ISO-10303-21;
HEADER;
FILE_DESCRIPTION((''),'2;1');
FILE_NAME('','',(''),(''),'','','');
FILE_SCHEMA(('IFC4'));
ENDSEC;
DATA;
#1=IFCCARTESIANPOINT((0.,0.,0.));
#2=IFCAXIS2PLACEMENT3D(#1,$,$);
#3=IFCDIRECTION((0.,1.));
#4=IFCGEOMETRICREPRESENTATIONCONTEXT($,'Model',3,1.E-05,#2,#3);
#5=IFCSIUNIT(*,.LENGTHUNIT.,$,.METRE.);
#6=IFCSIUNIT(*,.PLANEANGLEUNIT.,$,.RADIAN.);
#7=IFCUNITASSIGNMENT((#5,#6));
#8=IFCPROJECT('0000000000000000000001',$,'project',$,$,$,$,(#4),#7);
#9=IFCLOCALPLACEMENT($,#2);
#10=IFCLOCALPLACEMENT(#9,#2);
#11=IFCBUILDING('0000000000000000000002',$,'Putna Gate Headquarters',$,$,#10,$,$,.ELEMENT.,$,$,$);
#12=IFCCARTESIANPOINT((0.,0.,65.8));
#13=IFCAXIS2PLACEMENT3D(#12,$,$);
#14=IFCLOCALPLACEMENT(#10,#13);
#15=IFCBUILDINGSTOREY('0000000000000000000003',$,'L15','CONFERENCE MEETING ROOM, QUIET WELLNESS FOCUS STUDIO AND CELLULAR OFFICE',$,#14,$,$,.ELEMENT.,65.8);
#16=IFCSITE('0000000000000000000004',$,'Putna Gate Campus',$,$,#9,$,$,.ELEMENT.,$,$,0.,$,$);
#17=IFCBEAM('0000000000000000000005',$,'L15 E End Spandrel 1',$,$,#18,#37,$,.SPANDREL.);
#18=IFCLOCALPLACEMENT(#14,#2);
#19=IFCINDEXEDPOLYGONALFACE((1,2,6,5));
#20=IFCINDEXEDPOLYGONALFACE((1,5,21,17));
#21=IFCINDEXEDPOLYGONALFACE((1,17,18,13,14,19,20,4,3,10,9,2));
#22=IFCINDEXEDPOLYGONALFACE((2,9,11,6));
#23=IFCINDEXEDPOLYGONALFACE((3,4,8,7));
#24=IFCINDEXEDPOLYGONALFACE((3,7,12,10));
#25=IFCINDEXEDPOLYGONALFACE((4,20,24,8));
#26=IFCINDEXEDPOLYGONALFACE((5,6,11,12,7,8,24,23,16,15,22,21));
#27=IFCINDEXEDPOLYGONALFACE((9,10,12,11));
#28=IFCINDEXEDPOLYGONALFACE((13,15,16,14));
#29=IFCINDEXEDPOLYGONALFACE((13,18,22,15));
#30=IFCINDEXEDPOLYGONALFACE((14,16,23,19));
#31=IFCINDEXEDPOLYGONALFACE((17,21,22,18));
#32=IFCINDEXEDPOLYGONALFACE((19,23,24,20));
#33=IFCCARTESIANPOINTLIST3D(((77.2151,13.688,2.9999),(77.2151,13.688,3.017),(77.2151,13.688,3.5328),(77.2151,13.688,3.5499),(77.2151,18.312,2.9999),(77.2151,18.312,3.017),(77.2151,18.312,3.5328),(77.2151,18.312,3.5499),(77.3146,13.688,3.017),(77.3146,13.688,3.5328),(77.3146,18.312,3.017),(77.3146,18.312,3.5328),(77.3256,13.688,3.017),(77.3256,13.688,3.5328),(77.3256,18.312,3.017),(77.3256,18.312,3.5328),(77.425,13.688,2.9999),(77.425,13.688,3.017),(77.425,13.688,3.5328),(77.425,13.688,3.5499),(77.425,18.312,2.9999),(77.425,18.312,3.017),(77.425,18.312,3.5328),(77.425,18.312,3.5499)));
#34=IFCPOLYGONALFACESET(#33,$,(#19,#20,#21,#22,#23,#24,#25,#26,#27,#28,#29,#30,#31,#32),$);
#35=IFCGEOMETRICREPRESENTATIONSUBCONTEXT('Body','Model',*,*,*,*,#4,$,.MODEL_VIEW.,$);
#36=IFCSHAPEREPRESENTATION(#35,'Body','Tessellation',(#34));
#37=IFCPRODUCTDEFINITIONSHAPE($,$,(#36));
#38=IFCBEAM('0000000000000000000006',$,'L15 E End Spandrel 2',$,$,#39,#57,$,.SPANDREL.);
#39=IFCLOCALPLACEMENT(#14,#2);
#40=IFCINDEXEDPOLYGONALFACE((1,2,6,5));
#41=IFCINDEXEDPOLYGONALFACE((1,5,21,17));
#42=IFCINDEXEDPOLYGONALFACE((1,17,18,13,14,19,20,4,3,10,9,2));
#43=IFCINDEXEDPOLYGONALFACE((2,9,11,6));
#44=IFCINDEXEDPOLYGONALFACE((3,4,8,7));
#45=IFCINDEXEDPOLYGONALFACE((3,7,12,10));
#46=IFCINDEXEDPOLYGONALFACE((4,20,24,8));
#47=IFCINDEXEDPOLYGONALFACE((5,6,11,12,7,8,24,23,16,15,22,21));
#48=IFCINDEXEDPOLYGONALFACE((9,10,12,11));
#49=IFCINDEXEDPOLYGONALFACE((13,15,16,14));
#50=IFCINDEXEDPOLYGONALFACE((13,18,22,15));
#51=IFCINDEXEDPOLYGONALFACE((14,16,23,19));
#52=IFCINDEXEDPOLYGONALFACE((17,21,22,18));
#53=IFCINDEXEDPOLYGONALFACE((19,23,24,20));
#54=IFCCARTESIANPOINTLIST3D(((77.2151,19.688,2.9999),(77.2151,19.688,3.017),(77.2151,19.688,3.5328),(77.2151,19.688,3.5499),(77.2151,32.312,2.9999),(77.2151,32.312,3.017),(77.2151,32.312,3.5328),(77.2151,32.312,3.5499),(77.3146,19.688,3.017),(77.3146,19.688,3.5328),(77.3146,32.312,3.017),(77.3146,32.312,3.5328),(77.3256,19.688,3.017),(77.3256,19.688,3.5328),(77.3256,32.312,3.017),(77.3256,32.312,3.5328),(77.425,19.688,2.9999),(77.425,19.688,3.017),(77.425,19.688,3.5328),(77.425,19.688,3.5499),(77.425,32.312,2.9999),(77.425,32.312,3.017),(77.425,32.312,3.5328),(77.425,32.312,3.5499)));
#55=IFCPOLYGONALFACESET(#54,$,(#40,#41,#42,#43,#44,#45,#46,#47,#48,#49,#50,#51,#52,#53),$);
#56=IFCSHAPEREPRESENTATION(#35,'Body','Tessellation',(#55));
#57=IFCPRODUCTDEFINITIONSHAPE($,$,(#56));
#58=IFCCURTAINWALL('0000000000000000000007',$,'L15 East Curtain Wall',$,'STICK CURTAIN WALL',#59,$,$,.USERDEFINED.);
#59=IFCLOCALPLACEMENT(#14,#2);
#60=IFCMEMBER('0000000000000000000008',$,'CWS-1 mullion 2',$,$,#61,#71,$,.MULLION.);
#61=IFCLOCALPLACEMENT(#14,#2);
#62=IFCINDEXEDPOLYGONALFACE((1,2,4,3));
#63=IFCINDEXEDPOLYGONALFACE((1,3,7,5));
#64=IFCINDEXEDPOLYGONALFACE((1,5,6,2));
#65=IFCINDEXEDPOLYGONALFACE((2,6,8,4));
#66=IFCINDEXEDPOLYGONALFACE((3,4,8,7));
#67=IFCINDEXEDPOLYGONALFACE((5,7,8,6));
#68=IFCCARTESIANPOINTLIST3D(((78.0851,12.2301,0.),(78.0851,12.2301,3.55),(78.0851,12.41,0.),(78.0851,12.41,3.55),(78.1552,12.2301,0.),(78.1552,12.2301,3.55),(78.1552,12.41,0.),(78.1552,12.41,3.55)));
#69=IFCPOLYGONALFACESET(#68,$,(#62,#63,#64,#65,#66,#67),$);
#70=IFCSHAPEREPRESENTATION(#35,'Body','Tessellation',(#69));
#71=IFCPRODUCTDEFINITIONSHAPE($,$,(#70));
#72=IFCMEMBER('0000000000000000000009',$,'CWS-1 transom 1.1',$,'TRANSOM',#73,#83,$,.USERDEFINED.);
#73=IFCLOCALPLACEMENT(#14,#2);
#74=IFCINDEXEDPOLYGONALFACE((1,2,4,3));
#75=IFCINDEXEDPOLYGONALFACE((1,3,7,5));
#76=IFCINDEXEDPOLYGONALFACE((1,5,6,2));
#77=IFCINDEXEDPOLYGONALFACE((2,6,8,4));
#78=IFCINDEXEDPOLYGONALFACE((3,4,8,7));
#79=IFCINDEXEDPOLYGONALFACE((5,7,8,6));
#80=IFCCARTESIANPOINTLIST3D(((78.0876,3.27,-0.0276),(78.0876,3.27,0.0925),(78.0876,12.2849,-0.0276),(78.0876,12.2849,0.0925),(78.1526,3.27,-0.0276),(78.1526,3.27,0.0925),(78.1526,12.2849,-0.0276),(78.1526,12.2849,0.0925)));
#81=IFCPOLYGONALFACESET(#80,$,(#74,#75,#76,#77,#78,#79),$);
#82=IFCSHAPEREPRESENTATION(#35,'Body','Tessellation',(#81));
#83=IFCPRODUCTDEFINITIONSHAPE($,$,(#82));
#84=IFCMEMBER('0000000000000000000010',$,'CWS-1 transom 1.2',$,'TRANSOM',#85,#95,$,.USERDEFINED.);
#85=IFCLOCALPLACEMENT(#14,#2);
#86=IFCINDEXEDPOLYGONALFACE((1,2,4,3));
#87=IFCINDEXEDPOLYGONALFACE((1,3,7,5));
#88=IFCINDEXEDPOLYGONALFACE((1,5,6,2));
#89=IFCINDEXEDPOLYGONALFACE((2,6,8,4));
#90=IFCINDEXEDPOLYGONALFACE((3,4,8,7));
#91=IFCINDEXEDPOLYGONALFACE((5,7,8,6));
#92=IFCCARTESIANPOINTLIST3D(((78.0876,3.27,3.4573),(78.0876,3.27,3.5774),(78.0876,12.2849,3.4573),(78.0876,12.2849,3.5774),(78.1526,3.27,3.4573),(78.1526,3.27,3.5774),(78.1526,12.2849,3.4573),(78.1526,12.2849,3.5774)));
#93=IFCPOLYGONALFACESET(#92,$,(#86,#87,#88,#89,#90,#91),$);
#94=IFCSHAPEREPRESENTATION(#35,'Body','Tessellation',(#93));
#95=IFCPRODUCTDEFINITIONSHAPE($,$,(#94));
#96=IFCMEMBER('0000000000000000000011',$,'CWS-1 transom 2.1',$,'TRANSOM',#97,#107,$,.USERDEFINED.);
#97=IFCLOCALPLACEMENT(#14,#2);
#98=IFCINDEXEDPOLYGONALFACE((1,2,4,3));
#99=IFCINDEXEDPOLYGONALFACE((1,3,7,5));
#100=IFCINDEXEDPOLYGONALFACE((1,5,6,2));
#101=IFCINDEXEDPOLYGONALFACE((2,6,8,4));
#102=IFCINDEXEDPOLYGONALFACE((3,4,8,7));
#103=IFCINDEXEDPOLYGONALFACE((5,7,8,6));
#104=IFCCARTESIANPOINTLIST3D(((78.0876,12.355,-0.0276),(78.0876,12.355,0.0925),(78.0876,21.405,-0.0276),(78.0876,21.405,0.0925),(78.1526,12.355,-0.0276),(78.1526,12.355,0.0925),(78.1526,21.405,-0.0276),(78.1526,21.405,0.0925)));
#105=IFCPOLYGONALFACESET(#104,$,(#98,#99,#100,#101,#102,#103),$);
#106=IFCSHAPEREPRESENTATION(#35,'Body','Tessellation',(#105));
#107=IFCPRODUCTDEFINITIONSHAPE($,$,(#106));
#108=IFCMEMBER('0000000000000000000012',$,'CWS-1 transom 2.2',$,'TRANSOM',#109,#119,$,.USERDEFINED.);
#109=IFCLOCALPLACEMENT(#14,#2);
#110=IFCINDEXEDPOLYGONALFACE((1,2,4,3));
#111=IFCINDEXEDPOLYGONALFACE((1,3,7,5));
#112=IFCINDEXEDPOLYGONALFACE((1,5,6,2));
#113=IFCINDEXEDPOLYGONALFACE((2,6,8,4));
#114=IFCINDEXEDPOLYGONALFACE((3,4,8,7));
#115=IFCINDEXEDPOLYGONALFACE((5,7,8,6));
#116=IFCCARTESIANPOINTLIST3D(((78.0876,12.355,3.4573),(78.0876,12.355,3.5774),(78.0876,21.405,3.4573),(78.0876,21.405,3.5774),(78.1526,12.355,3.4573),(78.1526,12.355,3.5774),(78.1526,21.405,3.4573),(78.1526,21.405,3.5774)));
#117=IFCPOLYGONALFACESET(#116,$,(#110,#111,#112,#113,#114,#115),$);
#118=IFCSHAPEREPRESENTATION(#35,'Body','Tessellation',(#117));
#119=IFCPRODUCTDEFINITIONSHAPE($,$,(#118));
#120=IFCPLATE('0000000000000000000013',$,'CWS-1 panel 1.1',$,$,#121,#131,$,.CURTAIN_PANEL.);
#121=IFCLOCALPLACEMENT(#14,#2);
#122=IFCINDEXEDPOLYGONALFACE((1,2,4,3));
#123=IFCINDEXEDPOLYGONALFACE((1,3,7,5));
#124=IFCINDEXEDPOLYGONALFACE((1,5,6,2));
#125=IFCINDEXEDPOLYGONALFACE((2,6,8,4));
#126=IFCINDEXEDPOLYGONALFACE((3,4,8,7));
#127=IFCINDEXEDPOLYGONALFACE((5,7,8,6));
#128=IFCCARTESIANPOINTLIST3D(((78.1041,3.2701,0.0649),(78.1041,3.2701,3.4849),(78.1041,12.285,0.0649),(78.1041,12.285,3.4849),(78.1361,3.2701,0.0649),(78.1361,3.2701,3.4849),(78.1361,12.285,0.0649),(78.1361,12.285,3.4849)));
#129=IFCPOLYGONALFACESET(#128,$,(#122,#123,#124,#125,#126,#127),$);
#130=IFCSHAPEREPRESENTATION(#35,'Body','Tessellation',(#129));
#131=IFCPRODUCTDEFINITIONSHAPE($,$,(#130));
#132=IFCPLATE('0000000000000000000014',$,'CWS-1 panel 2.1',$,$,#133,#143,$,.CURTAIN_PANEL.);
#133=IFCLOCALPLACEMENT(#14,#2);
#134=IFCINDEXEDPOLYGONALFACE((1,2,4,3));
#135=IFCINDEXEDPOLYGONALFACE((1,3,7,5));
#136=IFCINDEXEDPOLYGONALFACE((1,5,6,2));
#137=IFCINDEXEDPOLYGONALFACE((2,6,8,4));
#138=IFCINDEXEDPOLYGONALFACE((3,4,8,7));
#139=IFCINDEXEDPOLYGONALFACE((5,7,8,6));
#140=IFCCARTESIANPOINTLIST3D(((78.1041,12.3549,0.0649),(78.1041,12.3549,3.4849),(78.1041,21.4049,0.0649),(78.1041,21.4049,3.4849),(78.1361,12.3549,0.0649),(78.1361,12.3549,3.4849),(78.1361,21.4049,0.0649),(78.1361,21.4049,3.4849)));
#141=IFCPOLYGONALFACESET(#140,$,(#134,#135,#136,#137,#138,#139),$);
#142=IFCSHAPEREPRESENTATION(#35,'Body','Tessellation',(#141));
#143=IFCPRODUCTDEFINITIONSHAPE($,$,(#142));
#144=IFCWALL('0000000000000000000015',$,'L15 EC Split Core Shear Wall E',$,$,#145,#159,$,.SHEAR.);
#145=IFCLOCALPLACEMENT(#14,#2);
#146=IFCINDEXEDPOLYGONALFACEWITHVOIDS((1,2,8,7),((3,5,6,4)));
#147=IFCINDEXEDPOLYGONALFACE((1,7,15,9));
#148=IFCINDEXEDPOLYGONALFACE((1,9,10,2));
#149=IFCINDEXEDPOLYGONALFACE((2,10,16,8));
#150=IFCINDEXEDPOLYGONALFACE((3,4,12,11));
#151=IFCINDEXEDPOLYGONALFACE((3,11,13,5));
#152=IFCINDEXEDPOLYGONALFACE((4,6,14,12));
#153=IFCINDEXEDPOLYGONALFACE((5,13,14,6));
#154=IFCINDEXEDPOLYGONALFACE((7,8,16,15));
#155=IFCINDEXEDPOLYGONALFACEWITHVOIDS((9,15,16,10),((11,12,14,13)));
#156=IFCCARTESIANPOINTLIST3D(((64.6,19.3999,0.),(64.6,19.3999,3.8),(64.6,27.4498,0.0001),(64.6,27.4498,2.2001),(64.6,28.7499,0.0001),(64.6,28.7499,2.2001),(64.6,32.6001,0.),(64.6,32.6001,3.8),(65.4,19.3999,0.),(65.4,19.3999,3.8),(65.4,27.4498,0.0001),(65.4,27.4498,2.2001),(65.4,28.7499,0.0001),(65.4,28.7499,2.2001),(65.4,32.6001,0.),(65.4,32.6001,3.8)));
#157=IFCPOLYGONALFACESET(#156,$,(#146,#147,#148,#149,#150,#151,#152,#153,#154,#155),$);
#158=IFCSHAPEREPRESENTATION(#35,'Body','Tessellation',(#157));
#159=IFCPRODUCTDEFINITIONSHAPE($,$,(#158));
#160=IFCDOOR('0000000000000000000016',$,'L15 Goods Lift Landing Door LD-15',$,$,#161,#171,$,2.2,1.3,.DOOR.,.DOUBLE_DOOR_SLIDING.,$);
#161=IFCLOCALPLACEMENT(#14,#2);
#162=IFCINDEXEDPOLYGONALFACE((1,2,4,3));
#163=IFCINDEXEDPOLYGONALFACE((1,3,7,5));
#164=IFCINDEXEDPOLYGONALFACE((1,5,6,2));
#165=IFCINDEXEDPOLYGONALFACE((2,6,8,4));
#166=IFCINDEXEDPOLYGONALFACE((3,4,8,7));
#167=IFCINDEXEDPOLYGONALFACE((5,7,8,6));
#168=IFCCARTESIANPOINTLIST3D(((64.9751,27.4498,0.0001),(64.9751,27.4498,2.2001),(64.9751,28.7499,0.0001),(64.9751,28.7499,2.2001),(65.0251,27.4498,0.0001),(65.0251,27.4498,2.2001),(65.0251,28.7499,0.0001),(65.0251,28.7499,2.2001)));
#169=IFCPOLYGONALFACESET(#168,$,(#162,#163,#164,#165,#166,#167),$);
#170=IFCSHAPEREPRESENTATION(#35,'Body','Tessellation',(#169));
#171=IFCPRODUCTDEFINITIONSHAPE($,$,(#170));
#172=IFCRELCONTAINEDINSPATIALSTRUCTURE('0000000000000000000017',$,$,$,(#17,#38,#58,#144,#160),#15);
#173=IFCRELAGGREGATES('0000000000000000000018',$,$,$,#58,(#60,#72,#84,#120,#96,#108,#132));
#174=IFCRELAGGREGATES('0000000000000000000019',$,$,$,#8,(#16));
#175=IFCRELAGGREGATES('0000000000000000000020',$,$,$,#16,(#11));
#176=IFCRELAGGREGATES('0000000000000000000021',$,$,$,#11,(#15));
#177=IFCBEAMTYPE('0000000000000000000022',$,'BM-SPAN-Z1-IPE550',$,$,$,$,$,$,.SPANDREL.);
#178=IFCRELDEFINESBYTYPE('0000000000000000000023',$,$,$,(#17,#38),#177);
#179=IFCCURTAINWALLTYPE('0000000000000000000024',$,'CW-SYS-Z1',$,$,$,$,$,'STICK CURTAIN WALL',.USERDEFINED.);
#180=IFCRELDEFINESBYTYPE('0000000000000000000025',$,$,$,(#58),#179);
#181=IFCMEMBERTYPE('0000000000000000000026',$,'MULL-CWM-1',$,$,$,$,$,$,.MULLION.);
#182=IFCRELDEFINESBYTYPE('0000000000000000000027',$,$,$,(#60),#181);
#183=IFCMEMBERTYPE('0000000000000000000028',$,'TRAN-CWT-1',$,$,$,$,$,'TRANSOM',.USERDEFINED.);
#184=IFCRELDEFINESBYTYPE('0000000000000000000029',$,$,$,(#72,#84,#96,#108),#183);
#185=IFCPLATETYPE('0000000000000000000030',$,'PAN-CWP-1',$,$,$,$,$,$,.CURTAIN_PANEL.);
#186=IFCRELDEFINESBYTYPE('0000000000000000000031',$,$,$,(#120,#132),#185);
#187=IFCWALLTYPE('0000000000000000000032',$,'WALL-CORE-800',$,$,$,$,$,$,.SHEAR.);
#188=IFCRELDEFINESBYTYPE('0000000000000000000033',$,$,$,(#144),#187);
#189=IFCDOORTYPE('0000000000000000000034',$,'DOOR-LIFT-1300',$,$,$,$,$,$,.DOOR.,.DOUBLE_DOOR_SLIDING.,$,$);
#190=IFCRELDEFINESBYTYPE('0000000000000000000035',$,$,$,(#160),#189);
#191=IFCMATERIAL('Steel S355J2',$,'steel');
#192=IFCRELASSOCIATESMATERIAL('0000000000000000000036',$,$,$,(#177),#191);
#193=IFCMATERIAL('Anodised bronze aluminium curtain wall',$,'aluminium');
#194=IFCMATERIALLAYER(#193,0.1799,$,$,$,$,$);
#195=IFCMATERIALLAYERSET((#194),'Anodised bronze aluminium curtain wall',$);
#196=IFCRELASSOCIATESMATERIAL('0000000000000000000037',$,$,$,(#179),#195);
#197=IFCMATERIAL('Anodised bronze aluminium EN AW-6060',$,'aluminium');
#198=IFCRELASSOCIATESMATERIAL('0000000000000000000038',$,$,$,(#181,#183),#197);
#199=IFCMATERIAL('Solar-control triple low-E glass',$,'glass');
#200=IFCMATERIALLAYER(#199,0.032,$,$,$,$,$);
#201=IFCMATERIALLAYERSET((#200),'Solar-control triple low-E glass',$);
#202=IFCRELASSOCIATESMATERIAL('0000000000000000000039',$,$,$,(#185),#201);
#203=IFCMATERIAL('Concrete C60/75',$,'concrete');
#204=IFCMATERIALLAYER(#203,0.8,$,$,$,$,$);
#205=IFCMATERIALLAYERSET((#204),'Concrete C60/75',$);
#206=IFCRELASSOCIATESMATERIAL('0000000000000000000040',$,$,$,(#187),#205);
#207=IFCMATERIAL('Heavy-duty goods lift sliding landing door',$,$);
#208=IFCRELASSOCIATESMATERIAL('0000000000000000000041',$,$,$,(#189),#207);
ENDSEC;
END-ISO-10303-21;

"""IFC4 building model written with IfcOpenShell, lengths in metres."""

from ifc_helpers import new_model, si_unit, direction, frame, frame_2d, origin, origin_2d, place, context, subcontext, project, spatial, rectangle, i_section, extrude, material, layer, layer_set, material_profile, profile_set, type_object, element, fill, aggregate, save


model = new_model("IFC4")

# Units and contexts
model_context = context("Model", 3, precision=1e-05, world=origin(), true_north=direction((0.0, 1.0)))
body_context = subcontext(model_context, "Body", "Model", "MODEL_VIEW")
ifc_project = project(units=[si_unit("LENGTHUNIT", "METRE"), si_unit("PLANEANGLEUNIT", "RADIAN")], contexts=[model_context])

# Site, building, storey
site_placement = place(None, origin())
site = spatial("IfcSite", under=ifc_project, at=site_placement, Name="Putna Gate Campus", CompositionType="ELEMENT", RefElevation=0.0)
building_placement = place(site_placement, origin())
building = spatial("IfcBuilding", under=site, at=building_placement, Name="Putna Gate Headquarters", CompositionType="ELEMENT")
storey_placement = place(building_placement, frame((0.0, 0.0, 65.8)))
storey = spatial("IfcBuildingStorey", under=building, at=storey_placement, Name="L15", Description="CONFERENCE MEETING ROOM, QUIET WELLNESS FOCUS STUDIO AND CELLULAR OFFICE", CompositionType="ELEMENT", Elevation=65.8)

# Shared definitions
ifc_material_1 = material(Name="Concrete C60/75", Category="concrete")

# Beams
ifc_material_2 = material(Name="Steel S355J2", Category="steel")
ifc_material_profile_1 = material_profile(ifc_material_2, i_section(OverallWidth=0.21, OverallDepth=0.55, WebThickness=0.011, FlangeThickness=0.0171, at=origin_2d()), Name="Steel S355J2")
ifc_profile_set_1 = profile_set([ifc_material_profile_1], Name="Steel S355J2")
beam_type_1 = type_object("IfcBeamType", Name="BM-SPAN-Z1-IPE550", PredefinedType="SPANDREL", material=ifc_profile_set_1)
beam_1_placement = place(storey_placement, frame((77.3201, 13.688, 3.2749), z_axis=(0.0, 1.0, 0.0), x_axis=(-1.0, 0.0, 0.0)))
element("IfcBeam", 1, at=beam_1_placement, inside=storey, type_object=beam_type_1, Name="L15 E End Spandrel 1", PredefinedType="SPANDREL", context=body_context, shape_type="SweptSolid", body=[
    extrude(i_section(OverallWidth=0.21, OverallDepth=0.55, WebThickness=0.011, FlangeThickness=0.0171, at=origin_2d()), origin(), (0.0, 0.0, 1.0), 4.624),
])
beam_2_placement = place(storey_placement, frame((77.3201, 19.688, 3.2749), z_axis=(0.0, 1.0, 0.0), x_axis=(-1.0, 0.0, 0.0)))
element("IfcBeam", 2, at=beam_2_placement, inside=storey, type_object=beam_type_1, Name="L15 E End Spandrel 2", PredefinedType="SPANDREL", context=body_context, shape_type="SweptSolid", body=[
    extrude(i_section(OverallWidth=0.21, OverallDepth=0.55, WebThickness=0.011, FlangeThickness=0.0171, at=origin_2d()), origin(), (0.0, 0.0, 1.0), 12.624),
])

# Curtain wall, members, plates
ifc_material_3 = material(Name="Anodised bronze aluminium curtain wall", Category="aluminium")
ifc_layer_1 = layer(ifc_material_3, 0.1799)
ifc_layer_set_1 = layer_set([ifc_layer_1], Name="Anodised bronze aluminium curtain wall")
curtain_wall_type = type_object("IfcCurtainWallType", Name="CW-SYS-Z1", ElementType="STICK CURTAIN WALL", PredefinedType="USERDEFINED", material=ifc_layer_set_1)
curtain_wall_placement = place(storey_placement, origin())
curtain_wall = element("IfcCurtainWall", 3, at=curtain_wall_placement, inside=storey, type_object=curtain_wall_type, Name="L15 East Curtain Wall", ObjectType="STICK CURTAIN WALL", PredefinedType="USERDEFINED")
ifc_material_4 = material(Name="Anodised bronze aluminium EN AW-6060", Category="aluminium")
ifc_material_profile_2 = material_profile(ifc_material_4, rectangle(XDim=0.0701, YDim=0.1799, at=origin_2d()), Name="Anodised bronze aluminium EN AW-6060")
ifc_profile_set_2 = profile_set([ifc_material_profile_2], Name="Anodised bronze aluminium EN AW-6060")
member_type_1 = type_object("IfcMemberType", Name="MULL-CWM-1", PredefinedType="MULLION", material=ifc_profile_set_2)
member_1_placement = place(storey_placement, frame((78.1201, 12.3201, 0.0), z_axis=(0.0, 0.0, 1.0), x_axis=(-1.0, 0.0, 0.0)))
member_1 = element("IfcMember", 4, at=member_1_placement, type_object=member_type_1, Name="CWS-1 mullion 2", PredefinedType="MULLION", context=body_context, shape_type="SweptSolid", body=[
    extrude(rectangle(XDim=0.0701, YDim=0.1799, at=origin_2d()), origin(), (0.0, 0.0, 1.0), 3.55),
])
ifc_material_profile_3 = material_profile(ifc_material_4, rectangle(XDim=0.0649, YDim=0.1201, at=origin_2d()), Name="Anodised bronze aluminium EN AW-6060")
ifc_profile_set_3 = profile_set([ifc_material_profile_3], Name="Anodised bronze aluminium EN AW-6060")
member_type_2 = type_object("IfcMemberType", Name="TRAN-CWT-1", ElementType="TRANSOM", PredefinedType="USERDEFINED", material=ifc_profile_set_3)
member_2_placement = place(storey_placement, frame((78.1201, 3.27, 0.0325), z_axis=(0.0, 1.0, 0.0), x_axis=(-1.0, 0.0, 0.0)))
member_2 = element("IfcMember", 5, at=member_2_placement, type_object=member_type_2, Name="CWS-1 transom 1.1", ObjectType="TRANSOM", PredefinedType="USERDEFINED", context=body_context, shape_type="SweptSolid", body=[
    extrude(rectangle(XDim=0.0649, YDim=0.1201, at=origin_2d()), origin(), (0.0, 0.0, 1.0), 9.0149),
])
member_3_placement = place(storey_placement, frame((78.1201, 3.27, 3.5173), z_axis=(0.0, 1.0, 0.0), x_axis=(-1.0, 0.0, 0.0)))
member_3 = element("IfcMember", 6, at=member_3_placement, type_object=member_type_2, Name="CWS-1 transom 1.2", ObjectType="TRANSOM", PredefinedType="USERDEFINED", context=body_context, shape_type="SweptSolid", body=[
    extrude(rectangle(XDim=0.0649, YDim=0.1201, at=origin_2d()), origin(), (0.0, 0.0, 1.0), 9.0149),
])
member_4_placement = place(storey_placement, frame((78.1201, 12.355, 0.0325), z_axis=(0.0, 1.0, 0.0), x_axis=(-1.0, 0.0, 0.0)))
member_4 = element("IfcMember", 7, at=member_4_placement, type_object=member_type_2, Name="CWS-1 transom 2.1", ObjectType="TRANSOM", PredefinedType="USERDEFINED", context=body_context, shape_type="SweptSolid", body=[
    extrude(rectangle(XDim=0.0649, YDim=0.1201, at=origin_2d()), origin(), (0.0, 0.0, 1.0), 9.05),
])
member_5_placement = place(storey_placement, frame((78.1201, 12.355, 3.5173), z_axis=(0.0, 1.0, 0.0), x_axis=(-1.0, 0.0, 0.0)))
member_5 = element("IfcMember", 8, at=member_5_placement, type_object=member_type_2, Name="CWS-1 transom 2.2", ObjectType="TRANSOM", PredefinedType="USERDEFINED", context=body_context, shape_type="SweptSolid", body=[
    extrude(rectangle(XDim=0.0649, YDim=0.1201, at=origin_2d()), origin(), (0.0, 0.0, 1.0), 9.05),
])
ifc_material_5 = material(Name="Solar-control triple low-E glass", Category="glass")
ifc_layer_2 = layer(ifc_material_5, 0.032)
ifc_layer_set_2 = layer_set([ifc_layer_2], Name="Solar-control triple low-E glass")
plate_type = type_object("IfcPlateType", Name="PAN-CWP-1", PredefinedType="CURTAIN_PANEL", material=ifc_layer_set_2)
plate_1_placement = place(storey_placement, frame((78.1201, 7.7776, 0.0649), z_axis=(0.0, 0.0, 1.0), x_axis=(0.0, 1.0, 0.0)))
plate_1 = element("IfcPlate", 9, at=plate_1_placement, type_object=plate_type, Name="CWS-1 panel 1.1", PredefinedType="CURTAIN_PANEL", context=body_context, shape_type="SweptSolid", body=[
    extrude(rectangle(XDim=9.0149, YDim=0.032, at=origin_2d()), origin(), (0.0, 0.0, 1.0), 3.4199),
])
plate_2_placement = place(storey_placement, frame((78.1201, 16.8799, 0.0649), z_axis=(0.0, 0.0, 1.0), x_axis=(0.0, 1.0, 0.0)))
plate_2 = element("IfcPlate", 10, at=plate_2_placement, type_object=plate_type, Name="CWS-1 panel 2.1", PredefinedType="CURTAIN_PANEL", context=body_context, shape_type="SweptSolid", body=[
    extrude(rectangle(XDim=9.05, YDim=0.032, at=origin_2d()), origin(), (0.0, 0.0, 1.0), 3.4199),
])
aggregate(curtain_wall, [member_1, member_2, member_3, plate_1, member_4, member_5, plate_2])

# Wall, opening, door
ifc_layer_3 = layer(ifc_material_1, 0.8)
ifc_layer_set_3 = layer_set([ifc_layer_3], Name="Concrete C60/75")
wall_type_1 = type_object("IfcWallType", Name="WALL-CORE-800", PredefinedType="SHEAR", material=ifc_layer_set_3)
wall_1_placement = place(storey_placement, frame((65.0, 19.3999, 0.0), z_axis=(0.0, 0.0, 1.0), x_axis=(0.0, 1.0, 0.0)))
wall_1 = element("IfcWall", 11, at=wall_1_placement, inside=storey, type_object=wall_type_1, Name="L15 EC Split Core Shear Wall E", PredefinedType="SHEAR", context=body_context, shape_type="SweptSolid", body=[
    extrude(rectangle(XDim=13.2002, YDim=0.8, at=frame_2d((6.6001, 0.0))), origin(), (0.0, 0.0, 1.0), 3.8),
])
opening_1_placement = place(wall_1_placement, frame((8.05, 0.0, 0.0)))
opening_1 = element("IfcOpeningElement", 12, at=opening_1_placement, cuts=wall_1, PredefinedType="OPENING", context=body_context, shape_type="SweptSolid", body=[
    extrude(rectangle(XDim=1.3, YDim=2.2, at=frame_2d((0.6499, 1.1001))), frame((0.0, 0.4099, 0.0), z_axis=(0.0, -1.0, 0.0), x_axis=(1.0, 0.0, 0.0)), (0.0, 0.0, 1.0), 0.8201),
])
ifc_material_6 = material(Name="Heavy-duty goods lift sliding landing door")
door_type_1 = type_object("IfcDoorType", Name="DOOR-LIFT-1300", OperationType="DOUBLE_DOOR_SLIDING", PredefinedType="DOOR", material=ifc_material_6)
door_1_placement = place(opening_1_placement, origin())
door_1 = element("IfcDoor", 13, at=door_1_placement, inside=storey, type_object=door_type_1, Name="L15 Goods Lift Landing Door LD-15", OperationType="DOUBLE_DOOR_SLIDING", OverallHeight=2.2, OverallWidth=1.3, PredefinedType="DOOR", context=body_context, shape_type="SweptSolid", body=[
    extrude(rectangle(XDim=1.3, YDim=2.2, at=frame_2d((0.6499, 1.1001))), frame((0.0, 0.0249, 0.0), z_axis=(0.0, -1.0, 0.0), x_axis=(1.0, 0.0, 0.0)), (0.0, 0.0, 1.0), 0.05),
])
fill(opening_1, door_1)

save(model, "model.ifc")
